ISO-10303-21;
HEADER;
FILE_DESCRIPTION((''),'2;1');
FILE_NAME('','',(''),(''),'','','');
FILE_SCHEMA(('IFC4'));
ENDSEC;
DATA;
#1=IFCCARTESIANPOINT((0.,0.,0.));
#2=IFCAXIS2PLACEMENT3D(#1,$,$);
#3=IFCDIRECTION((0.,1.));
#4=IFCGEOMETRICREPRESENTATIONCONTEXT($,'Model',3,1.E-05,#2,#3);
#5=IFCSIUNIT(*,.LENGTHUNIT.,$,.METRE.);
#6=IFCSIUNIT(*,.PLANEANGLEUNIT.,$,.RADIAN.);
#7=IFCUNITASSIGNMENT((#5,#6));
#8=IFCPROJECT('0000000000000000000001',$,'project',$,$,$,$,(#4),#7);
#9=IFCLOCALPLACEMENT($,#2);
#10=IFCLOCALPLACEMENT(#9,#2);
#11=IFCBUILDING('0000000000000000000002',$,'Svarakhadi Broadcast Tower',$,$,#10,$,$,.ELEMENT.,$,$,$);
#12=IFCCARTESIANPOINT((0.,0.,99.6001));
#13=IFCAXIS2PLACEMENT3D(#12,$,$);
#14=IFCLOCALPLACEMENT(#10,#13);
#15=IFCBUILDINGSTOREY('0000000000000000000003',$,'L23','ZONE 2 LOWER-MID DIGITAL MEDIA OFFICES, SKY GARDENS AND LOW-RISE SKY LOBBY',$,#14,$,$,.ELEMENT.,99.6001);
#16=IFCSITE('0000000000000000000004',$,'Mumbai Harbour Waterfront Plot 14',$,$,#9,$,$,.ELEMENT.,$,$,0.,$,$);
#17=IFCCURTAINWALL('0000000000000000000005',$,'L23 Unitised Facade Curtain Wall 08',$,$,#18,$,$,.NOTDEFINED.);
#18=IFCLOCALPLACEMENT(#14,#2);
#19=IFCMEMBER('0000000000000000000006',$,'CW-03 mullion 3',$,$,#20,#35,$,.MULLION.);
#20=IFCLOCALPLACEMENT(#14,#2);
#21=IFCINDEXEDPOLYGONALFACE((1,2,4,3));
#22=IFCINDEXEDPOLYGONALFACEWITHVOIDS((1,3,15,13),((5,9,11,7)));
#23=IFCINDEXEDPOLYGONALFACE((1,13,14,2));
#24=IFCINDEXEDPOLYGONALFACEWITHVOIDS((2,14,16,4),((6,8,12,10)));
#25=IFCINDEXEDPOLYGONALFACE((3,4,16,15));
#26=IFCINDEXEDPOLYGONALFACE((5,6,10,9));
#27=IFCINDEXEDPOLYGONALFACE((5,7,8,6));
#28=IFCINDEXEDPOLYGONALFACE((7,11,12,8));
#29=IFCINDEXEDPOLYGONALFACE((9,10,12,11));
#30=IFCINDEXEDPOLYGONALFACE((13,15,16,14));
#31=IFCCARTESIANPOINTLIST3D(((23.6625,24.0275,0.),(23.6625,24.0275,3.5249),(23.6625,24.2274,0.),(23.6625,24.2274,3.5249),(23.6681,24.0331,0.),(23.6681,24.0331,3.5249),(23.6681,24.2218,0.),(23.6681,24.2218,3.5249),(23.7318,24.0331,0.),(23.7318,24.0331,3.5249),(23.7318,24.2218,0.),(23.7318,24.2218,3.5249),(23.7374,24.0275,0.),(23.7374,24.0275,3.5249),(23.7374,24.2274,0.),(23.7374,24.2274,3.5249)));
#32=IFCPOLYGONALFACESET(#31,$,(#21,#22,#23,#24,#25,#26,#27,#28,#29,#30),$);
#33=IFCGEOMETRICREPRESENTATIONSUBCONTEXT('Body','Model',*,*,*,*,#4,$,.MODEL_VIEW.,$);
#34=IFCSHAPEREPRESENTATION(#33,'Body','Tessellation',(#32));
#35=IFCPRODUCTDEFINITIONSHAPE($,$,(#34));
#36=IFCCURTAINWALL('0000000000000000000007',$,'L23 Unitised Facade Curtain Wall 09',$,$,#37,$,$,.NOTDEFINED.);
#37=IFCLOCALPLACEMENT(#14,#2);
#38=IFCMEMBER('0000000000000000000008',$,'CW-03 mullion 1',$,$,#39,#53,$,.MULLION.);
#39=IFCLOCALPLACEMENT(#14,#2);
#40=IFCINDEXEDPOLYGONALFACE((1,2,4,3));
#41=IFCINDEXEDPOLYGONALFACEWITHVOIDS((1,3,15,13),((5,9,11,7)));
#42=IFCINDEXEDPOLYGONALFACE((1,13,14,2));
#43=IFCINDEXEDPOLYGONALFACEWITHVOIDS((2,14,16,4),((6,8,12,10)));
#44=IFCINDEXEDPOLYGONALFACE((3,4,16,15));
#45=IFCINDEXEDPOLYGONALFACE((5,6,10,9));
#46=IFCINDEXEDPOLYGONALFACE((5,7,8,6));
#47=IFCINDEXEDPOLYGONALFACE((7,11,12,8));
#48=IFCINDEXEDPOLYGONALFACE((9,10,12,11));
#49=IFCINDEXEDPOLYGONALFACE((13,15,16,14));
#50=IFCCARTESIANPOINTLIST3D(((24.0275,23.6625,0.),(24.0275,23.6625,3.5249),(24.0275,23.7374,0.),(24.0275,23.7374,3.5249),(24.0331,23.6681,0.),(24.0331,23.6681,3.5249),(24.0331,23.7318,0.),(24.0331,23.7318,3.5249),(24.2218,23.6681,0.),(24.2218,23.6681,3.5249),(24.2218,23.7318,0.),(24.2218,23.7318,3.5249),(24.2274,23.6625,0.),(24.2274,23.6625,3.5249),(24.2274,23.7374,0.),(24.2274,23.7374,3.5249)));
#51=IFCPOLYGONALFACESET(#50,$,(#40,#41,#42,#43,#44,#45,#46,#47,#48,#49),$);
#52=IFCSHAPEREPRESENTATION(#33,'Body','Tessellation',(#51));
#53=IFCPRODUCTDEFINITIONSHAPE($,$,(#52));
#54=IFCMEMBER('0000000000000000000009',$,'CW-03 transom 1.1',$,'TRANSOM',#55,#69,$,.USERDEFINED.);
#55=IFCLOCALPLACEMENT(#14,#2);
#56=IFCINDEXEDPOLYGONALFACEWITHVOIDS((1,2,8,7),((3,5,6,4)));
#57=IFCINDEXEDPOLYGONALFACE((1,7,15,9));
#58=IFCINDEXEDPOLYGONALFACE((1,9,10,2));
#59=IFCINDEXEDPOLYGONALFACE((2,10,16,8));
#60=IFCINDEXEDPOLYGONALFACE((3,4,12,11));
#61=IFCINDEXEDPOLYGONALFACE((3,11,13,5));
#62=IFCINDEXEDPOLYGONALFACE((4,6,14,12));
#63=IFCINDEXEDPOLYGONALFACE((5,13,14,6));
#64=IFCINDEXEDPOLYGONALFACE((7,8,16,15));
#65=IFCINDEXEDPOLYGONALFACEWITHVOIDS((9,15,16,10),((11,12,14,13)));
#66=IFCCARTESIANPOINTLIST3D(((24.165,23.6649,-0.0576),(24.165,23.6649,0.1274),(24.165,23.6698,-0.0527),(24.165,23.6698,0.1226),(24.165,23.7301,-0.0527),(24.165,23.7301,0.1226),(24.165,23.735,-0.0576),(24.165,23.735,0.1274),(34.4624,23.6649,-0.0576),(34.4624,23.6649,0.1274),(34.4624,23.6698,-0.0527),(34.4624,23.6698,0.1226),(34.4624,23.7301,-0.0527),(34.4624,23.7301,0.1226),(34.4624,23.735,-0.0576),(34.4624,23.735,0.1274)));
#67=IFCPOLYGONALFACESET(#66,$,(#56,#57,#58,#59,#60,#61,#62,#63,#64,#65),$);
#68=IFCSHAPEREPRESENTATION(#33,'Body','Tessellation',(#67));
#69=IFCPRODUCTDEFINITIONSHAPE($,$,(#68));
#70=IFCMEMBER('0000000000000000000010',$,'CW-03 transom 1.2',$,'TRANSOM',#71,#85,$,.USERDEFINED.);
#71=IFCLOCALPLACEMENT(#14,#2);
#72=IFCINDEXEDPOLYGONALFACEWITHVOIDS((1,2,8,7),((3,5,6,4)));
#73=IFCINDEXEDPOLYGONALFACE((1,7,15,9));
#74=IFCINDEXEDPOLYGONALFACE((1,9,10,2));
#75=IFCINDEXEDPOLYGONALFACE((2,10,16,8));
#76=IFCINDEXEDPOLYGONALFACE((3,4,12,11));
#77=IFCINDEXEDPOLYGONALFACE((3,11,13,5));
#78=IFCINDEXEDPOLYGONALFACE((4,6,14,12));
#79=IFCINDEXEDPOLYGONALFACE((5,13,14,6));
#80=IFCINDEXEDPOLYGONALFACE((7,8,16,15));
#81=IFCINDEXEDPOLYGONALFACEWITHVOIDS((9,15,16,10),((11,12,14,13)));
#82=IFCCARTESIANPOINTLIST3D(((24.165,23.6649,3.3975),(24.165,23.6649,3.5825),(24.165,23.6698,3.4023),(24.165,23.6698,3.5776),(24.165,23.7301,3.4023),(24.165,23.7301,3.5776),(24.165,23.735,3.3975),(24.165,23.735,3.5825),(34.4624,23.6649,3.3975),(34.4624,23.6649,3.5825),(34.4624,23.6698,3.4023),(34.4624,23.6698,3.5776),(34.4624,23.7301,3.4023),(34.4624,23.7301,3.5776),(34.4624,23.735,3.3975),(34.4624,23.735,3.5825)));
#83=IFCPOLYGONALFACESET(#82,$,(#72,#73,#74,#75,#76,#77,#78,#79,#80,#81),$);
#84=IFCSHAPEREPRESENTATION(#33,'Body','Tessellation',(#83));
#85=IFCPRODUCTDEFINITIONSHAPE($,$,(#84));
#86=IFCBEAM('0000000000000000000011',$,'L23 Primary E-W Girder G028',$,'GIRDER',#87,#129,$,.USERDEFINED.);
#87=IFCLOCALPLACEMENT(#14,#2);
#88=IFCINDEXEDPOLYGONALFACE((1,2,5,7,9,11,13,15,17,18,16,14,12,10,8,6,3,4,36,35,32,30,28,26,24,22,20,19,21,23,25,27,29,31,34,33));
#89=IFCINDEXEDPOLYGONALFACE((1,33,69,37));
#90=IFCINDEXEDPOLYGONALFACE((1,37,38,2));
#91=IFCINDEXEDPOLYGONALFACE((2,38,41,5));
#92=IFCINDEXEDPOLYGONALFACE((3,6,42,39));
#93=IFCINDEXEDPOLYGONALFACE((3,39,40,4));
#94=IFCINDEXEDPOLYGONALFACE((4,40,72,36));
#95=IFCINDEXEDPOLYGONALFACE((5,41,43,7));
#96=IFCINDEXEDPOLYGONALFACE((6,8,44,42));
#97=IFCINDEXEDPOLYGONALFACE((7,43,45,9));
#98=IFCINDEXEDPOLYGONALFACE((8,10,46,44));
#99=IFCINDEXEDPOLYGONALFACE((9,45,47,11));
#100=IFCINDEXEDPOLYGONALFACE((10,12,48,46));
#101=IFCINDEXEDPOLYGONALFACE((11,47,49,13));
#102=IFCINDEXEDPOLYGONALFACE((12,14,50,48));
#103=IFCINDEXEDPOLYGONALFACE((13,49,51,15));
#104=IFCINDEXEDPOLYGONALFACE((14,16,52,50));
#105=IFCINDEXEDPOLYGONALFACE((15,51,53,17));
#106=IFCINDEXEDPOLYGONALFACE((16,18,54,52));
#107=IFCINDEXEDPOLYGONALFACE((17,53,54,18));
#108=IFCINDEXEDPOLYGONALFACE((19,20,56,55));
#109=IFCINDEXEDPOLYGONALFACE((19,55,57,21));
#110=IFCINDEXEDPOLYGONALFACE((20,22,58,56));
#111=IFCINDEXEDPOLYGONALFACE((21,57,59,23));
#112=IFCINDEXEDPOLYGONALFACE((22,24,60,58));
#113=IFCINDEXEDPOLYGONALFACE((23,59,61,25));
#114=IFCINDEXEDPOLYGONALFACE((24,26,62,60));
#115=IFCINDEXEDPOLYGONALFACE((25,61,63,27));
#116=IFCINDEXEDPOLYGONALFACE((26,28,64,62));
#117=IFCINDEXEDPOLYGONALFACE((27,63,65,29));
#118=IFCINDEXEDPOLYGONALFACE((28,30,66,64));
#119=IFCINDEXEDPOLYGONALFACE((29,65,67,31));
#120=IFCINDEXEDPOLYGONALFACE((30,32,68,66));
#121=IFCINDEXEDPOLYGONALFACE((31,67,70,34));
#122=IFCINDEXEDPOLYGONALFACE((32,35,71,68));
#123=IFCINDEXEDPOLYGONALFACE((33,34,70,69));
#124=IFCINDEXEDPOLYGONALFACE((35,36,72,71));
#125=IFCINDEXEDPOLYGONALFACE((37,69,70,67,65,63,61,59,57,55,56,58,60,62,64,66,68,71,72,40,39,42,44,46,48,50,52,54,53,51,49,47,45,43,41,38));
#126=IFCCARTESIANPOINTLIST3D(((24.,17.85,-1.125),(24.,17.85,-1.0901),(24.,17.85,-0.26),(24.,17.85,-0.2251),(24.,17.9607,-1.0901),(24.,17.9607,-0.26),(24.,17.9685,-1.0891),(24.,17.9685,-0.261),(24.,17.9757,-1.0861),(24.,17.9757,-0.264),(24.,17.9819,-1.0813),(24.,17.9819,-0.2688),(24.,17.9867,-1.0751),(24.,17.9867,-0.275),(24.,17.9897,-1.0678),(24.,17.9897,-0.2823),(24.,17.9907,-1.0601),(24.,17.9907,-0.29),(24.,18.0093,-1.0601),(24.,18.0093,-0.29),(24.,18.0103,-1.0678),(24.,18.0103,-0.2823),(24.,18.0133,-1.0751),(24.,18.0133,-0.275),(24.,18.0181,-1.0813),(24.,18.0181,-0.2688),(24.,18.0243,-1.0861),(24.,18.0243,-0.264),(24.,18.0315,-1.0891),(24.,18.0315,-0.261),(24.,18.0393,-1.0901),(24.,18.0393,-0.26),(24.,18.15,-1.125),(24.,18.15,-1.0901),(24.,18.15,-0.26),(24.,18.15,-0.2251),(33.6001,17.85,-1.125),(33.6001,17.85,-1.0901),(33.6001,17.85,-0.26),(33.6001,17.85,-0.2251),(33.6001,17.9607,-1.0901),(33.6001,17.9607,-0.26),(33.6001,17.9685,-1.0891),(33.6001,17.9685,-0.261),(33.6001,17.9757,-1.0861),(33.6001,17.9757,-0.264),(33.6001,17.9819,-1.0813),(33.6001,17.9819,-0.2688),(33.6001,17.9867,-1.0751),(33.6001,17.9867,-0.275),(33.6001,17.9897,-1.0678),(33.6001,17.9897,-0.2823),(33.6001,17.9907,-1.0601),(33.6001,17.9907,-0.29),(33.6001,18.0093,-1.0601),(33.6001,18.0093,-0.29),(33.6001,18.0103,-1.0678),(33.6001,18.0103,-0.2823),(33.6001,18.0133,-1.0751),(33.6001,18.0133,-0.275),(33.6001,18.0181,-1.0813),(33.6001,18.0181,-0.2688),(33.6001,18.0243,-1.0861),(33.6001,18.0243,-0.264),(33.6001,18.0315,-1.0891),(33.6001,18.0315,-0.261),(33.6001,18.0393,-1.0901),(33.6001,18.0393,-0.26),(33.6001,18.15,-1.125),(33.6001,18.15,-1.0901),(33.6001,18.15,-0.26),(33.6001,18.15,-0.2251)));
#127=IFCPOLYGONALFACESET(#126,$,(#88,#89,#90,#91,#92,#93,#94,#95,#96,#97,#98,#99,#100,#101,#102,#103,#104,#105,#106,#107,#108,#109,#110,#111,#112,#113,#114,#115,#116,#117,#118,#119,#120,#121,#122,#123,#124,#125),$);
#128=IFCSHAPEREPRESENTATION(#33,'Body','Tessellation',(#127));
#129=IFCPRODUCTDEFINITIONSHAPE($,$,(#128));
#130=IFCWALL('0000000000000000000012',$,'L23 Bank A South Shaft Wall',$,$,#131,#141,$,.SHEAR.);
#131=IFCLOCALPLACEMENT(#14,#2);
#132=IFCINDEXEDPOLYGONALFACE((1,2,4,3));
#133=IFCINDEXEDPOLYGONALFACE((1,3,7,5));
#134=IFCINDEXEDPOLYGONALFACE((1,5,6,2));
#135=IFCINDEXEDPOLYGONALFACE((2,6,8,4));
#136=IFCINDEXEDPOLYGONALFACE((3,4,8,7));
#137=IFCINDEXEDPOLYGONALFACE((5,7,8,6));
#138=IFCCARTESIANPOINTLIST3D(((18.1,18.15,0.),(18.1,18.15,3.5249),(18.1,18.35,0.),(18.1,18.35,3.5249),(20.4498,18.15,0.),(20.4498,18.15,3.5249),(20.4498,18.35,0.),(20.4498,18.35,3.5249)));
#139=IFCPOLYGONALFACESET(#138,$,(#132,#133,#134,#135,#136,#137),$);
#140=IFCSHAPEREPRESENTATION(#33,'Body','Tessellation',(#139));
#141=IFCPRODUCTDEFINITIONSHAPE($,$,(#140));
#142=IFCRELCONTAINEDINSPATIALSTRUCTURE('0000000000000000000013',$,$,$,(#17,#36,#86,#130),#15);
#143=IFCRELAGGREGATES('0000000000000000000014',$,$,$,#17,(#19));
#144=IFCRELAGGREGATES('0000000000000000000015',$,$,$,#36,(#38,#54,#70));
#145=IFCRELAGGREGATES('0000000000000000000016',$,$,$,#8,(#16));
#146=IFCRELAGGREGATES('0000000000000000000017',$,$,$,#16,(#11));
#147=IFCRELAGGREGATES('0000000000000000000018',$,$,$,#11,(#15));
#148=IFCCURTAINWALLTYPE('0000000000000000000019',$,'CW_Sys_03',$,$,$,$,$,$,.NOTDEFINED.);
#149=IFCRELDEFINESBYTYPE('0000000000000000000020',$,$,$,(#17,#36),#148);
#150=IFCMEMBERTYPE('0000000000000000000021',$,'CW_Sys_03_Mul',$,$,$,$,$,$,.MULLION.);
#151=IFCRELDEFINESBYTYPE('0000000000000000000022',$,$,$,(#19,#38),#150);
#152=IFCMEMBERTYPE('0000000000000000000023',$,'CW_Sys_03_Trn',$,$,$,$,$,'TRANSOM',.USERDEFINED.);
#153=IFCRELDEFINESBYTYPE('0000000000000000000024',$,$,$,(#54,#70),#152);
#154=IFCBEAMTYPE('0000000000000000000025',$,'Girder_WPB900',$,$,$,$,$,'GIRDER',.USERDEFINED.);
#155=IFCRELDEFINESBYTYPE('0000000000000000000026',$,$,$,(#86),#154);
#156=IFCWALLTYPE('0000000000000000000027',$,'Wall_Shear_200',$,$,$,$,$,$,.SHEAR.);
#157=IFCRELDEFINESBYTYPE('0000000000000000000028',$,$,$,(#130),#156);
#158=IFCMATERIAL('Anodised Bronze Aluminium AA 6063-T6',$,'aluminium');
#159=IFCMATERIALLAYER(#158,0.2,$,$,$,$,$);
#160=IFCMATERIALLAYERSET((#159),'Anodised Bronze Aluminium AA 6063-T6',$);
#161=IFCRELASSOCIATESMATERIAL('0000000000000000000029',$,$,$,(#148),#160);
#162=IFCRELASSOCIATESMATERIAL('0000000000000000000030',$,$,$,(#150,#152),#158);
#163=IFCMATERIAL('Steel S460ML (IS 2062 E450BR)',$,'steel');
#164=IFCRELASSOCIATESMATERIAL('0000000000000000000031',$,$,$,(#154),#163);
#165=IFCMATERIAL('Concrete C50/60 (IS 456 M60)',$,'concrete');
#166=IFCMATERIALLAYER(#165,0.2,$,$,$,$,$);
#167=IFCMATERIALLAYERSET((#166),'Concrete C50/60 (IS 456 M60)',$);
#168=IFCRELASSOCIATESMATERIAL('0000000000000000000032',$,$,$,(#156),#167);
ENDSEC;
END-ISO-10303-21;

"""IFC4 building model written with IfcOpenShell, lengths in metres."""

from ifc_helpers import new_model, si_unit, direction, frame, frame_2d, origin, origin_2d, place, context, subcontext, project, spatial, rectangle, hollow_rectangle, i_section, extrude, material, layer, layer_set, material_profile, profile_set, type_object, element, aggregate, save


model = new_model("IFC4")

# Units and contexts
model_context = context("Model", 3, precision=1e-05, world=origin(), true_north=direction((0.0, 1.0)))
body_context = subcontext(model_context, "Body", "Model", "MODEL_VIEW")
ifc_project = project(units=[si_unit("LENGTHUNIT", "METRE"), si_unit("PLANEANGLEUNIT", "RADIAN")], contexts=[model_context])

# Site, building, storey
site_placement = place(None, origin())
site = spatial("IfcSite", under=ifc_project, at=site_placement, Name="Mumbai Harbour Waterfront Plot 14", CompositionType="ELEMENT", RefElevation=0.0)
building_placement = place(site_placement, origin())
building = spatial("IfcBuilding", under=site, at=building_placement, Name="Svarakhadi Broadcast Tower", CompositionType="ELEMENT")
storey_placement = place(building_placement, frame((0.0, 0.0, 99.6001)))
storey = spatial("IfcBuildingStorey", under=building, at=storey_placement, Name="L23", Description="ZONE 2 LOWER-MID DIGITAL MEDIA OFFICES, SKY GARDENS AND LOW-RISE SKY LOBBY", CompositionType="ELEMENT", Elevation=99.6001)

# Curtain wall, member
ifc_material_1 = material(Name="Anodised Bronze Aluminium AA 6063-T6", Category="aluminium")
ifc_layer_1 = layer(ifc_material_1, 0.2)
ifc_layer_set_1 = layer_set([ifc_layer_1], Name="Anodised Bronze Aluminium AA 6063-T6")
curtain_wall_type = type_object("IfcCurtainWallType", Name="CW_Sys_03", PredefinedType="NOTDEFINED", material=ifc_layer_set_1)
curtain_wall_1_placement = place(storey_placement, origin())
curtain_wall_1 = element("IfcCurtainWall", 1, at=curtain_wall_1_placement, inside=storey, type_object=curtain_wall_type, Name="L23 Unitised Facade Curtain Wall 08", PredefinedType="NOTDEFINED")
ifc_material_profile_1 = material_profile(ifc_material_1, hollow_rectangle(XDim=0.075, YDim=0.2, WallThickness=0.0056, at=origin_2d()), Name="ALU MULLION 200x75x6")
ifc_profile_set_1 = profile_set([ifc_material_profile_1], Name="Anodised Bronze Aluminium AA 6063-T6")
member_type_1 = type_object("IfcMemberType", Name="CW_Sys_03_Mul", PredefinedType="MULLION", material=ifc_profile_set_1)
member_1_placement = place(storey_placement, frame((23.7, 24.1274, 0.0), z_axis=(0.0, 0.0, 1.0), x_axis=(1.0, 0.0, 0.0)))
member_1 = element("IfcMember", 2, at=member_1_placement, type_object=member_type_1, Name="CW-03 mullion 3", PredefinedType="MULLION", context=body_context, shape_type="SweptSolid", body=[
    extrude(hollow_rectangle(XDim=0.075, YDim=0.2, WallThickness=0.0056, at=origin_2d()), origin(), (0.0, 0.0, 1.0), 3.5249),
])
aggregate(curtain_wall_1, [member_1])

# Curtain wall, members
curtain_wall_2_placement = place(storey_placement, origin())
curtain_wall_2 = element("IfcCurtainWall", 3, at=curtain_wall_2_placement, inside=storey, type_object=curtain_wall_type, Name="L23 Unitised Facade Curtain Wall 09", PredefinedType="NOTDEFINED")
member_2_placement = place(storey_placement, frame((24.1274, 23.7, 0.0), z_axis=(0.0, 0.0, 1.0), x_axis=(0.0, 1.0, 0.0)))
member_2 = element("IfcMember", 4, at=member_2_placement, type_object=member_type_1, Name="CW-03 mullion 1", PredefinedType="MULLION", context=body_context, shape_type="SweptSolid", body=[
    extrude(hollow_rectangle(XDim=0.075, YDim=0.2, WallThickness=0.0056, at=origin_2d()), origin(), (0.0, 0.0, 1.0), 3.5249),
])
ifc_material_profile_2 = material_profile(ifc_material_1, hollow_rectangle(XDim=0.0701, YDim=0.1851, WallThickness=0.0049, at=origin_2d()), Name="ALU TRANSOM 185x70x5")
ifc_profile_set_2 = profile_set([ifc_material_profile_2], Name="Anodised Bronze Aluminium AA 6063-T6")
member_type_2 = type_object("IfcMemberType", Name="CW_Sys_03_Trn", ElementType="TRANSOM", PredefinedType="USERDEFINED", material=ifc_profile_set_2)
member_3_placement = place(storey_placement, frame((24.165, 23.7, 0.0349), z_axis=(1.0, 0.0, 0.0), x_axis=(0.0, 1.0, 0.0)))
member_3 = element("IfcMember", 5, at=member_3_placement, type_object=member_type_2, Name="CW-03 transom 1.1", ObjectType="TRANSOM", PredefinedType="USERDEFINED", context=body_context, shape_type="SweptSolid", body=[
    extrude(hollow_rectangle(XDim=0.0701, YDim=0.1851, WallThickness=0.0049, at=origin_2d()), origin(), (0.0, 0.0, 1.0), 10.2974),
])
member_4_placement = place(storey_placement, frame((24.165, 23.7, 3.49), z_axis=(1.0, 0.0, 0.0), x_axis=(0.0, 1.0, 0.0)))
member_4 = element("IfcMember", 6, at=member_4_placement, type_object=member_type_2, Name="CW-03 transom 1.2", ObjectType="TRANSOM", PredefinedType="USERDEFINED", context=body_context, shape_type="SweptSolid", body=[
    extrude(hollow_rectangle(XDim=0.0701, YDim=0.1851, WallThickness=0.0049, at=origin_2d()), origin(), (0.0, 0.0, 1.0), 10.2974),
])
aggregate(curtain_wall_2, [member_2, member_3, member_4])

# Beam
ifc_material_2 = material(Name="Steel S460ML (IS 2062 E450BR)", Category="steel")
ifc_material_profile_3 = material_profile(ifc_material_2, i_section(OverallWidth=0.3, OverallDepth=0.8999, WebThickness=0.0186, FlangeThickness=0.0349, FilletRadius=0.03, at=origin_2d()), Name="WPB 900x300x291")
ifc_profile_set_3 = profile_set([ifc_material_profile_3], Name="Steel S460ML (IS 2062 E450BR)")
beam_type = type_object("IfcBeamType", Name="Girder_WPB900", ElementType="GIRDER", PredefinedType="USERDEFINED", material=ifc_profile_set_3)
beam_placement = place(storey_placement, frame((24.0, 18.0, -0.675), z_axis=(1.0, 0.0, 0.0), x_axis=(0.0, 1.0, 0.0)))
element("IfcBeam", 7, at=beam_placement, inside=storey, type_object=beam_type, Name="L23 Primary E-W Girder G028", ObjectType="GIRDER", PredefinedType="USERDEFINED", context=body_context, shape_type="SweptSolid", body=[
    extrude(i_section(OverallWidth=0.3, OverallDepth=0.8999, WebThickness=0.0186, FlangeThickness=0.0349, FilletRadius=0.03, at=origin_2d()), origin(), (0.0, 0.0, 1.0), 9.6001),
])

# Wall
ifc_material_3 = material(Name="Concrete C50/60 (IS 456 M60)", Category="concrete")
ifc_layer_2 = layer(ifc_material_3, 0.2)
ifc_layer_set_2 = layer_set([ifc_layer_2], Name="Concrete C50/60 (IS 456 M60)")
wall_type_1 = type_object("IfcWallType", Name="Wall_Shear_200", PredefinedType="SHEAR", material=ifc_layer_set_2)
wall_1_placement = place(storey_placement, frame((18.1001, 18.25, 0.0), z_axis=(0.0, 0.0, 1.0), x_axis=(1.0, 0.0, 0.0)))
element("IfcWall", 8, at=wall_1_placement, inside=storey, type_object=wall_type_1, Name="L23 Bank A South Shaft Wall", PredefinedType="SHEAR", context=body_context, shape_type="SweptSolid", body=[
    extrude(rectangle(XDim=2.3499, YDim=0.2, at=frame_2d((1.1748, 0.0))), origin(), (0.0, 0.0, 1.0), 3.5249),
])

save(model, "model.ifc")
